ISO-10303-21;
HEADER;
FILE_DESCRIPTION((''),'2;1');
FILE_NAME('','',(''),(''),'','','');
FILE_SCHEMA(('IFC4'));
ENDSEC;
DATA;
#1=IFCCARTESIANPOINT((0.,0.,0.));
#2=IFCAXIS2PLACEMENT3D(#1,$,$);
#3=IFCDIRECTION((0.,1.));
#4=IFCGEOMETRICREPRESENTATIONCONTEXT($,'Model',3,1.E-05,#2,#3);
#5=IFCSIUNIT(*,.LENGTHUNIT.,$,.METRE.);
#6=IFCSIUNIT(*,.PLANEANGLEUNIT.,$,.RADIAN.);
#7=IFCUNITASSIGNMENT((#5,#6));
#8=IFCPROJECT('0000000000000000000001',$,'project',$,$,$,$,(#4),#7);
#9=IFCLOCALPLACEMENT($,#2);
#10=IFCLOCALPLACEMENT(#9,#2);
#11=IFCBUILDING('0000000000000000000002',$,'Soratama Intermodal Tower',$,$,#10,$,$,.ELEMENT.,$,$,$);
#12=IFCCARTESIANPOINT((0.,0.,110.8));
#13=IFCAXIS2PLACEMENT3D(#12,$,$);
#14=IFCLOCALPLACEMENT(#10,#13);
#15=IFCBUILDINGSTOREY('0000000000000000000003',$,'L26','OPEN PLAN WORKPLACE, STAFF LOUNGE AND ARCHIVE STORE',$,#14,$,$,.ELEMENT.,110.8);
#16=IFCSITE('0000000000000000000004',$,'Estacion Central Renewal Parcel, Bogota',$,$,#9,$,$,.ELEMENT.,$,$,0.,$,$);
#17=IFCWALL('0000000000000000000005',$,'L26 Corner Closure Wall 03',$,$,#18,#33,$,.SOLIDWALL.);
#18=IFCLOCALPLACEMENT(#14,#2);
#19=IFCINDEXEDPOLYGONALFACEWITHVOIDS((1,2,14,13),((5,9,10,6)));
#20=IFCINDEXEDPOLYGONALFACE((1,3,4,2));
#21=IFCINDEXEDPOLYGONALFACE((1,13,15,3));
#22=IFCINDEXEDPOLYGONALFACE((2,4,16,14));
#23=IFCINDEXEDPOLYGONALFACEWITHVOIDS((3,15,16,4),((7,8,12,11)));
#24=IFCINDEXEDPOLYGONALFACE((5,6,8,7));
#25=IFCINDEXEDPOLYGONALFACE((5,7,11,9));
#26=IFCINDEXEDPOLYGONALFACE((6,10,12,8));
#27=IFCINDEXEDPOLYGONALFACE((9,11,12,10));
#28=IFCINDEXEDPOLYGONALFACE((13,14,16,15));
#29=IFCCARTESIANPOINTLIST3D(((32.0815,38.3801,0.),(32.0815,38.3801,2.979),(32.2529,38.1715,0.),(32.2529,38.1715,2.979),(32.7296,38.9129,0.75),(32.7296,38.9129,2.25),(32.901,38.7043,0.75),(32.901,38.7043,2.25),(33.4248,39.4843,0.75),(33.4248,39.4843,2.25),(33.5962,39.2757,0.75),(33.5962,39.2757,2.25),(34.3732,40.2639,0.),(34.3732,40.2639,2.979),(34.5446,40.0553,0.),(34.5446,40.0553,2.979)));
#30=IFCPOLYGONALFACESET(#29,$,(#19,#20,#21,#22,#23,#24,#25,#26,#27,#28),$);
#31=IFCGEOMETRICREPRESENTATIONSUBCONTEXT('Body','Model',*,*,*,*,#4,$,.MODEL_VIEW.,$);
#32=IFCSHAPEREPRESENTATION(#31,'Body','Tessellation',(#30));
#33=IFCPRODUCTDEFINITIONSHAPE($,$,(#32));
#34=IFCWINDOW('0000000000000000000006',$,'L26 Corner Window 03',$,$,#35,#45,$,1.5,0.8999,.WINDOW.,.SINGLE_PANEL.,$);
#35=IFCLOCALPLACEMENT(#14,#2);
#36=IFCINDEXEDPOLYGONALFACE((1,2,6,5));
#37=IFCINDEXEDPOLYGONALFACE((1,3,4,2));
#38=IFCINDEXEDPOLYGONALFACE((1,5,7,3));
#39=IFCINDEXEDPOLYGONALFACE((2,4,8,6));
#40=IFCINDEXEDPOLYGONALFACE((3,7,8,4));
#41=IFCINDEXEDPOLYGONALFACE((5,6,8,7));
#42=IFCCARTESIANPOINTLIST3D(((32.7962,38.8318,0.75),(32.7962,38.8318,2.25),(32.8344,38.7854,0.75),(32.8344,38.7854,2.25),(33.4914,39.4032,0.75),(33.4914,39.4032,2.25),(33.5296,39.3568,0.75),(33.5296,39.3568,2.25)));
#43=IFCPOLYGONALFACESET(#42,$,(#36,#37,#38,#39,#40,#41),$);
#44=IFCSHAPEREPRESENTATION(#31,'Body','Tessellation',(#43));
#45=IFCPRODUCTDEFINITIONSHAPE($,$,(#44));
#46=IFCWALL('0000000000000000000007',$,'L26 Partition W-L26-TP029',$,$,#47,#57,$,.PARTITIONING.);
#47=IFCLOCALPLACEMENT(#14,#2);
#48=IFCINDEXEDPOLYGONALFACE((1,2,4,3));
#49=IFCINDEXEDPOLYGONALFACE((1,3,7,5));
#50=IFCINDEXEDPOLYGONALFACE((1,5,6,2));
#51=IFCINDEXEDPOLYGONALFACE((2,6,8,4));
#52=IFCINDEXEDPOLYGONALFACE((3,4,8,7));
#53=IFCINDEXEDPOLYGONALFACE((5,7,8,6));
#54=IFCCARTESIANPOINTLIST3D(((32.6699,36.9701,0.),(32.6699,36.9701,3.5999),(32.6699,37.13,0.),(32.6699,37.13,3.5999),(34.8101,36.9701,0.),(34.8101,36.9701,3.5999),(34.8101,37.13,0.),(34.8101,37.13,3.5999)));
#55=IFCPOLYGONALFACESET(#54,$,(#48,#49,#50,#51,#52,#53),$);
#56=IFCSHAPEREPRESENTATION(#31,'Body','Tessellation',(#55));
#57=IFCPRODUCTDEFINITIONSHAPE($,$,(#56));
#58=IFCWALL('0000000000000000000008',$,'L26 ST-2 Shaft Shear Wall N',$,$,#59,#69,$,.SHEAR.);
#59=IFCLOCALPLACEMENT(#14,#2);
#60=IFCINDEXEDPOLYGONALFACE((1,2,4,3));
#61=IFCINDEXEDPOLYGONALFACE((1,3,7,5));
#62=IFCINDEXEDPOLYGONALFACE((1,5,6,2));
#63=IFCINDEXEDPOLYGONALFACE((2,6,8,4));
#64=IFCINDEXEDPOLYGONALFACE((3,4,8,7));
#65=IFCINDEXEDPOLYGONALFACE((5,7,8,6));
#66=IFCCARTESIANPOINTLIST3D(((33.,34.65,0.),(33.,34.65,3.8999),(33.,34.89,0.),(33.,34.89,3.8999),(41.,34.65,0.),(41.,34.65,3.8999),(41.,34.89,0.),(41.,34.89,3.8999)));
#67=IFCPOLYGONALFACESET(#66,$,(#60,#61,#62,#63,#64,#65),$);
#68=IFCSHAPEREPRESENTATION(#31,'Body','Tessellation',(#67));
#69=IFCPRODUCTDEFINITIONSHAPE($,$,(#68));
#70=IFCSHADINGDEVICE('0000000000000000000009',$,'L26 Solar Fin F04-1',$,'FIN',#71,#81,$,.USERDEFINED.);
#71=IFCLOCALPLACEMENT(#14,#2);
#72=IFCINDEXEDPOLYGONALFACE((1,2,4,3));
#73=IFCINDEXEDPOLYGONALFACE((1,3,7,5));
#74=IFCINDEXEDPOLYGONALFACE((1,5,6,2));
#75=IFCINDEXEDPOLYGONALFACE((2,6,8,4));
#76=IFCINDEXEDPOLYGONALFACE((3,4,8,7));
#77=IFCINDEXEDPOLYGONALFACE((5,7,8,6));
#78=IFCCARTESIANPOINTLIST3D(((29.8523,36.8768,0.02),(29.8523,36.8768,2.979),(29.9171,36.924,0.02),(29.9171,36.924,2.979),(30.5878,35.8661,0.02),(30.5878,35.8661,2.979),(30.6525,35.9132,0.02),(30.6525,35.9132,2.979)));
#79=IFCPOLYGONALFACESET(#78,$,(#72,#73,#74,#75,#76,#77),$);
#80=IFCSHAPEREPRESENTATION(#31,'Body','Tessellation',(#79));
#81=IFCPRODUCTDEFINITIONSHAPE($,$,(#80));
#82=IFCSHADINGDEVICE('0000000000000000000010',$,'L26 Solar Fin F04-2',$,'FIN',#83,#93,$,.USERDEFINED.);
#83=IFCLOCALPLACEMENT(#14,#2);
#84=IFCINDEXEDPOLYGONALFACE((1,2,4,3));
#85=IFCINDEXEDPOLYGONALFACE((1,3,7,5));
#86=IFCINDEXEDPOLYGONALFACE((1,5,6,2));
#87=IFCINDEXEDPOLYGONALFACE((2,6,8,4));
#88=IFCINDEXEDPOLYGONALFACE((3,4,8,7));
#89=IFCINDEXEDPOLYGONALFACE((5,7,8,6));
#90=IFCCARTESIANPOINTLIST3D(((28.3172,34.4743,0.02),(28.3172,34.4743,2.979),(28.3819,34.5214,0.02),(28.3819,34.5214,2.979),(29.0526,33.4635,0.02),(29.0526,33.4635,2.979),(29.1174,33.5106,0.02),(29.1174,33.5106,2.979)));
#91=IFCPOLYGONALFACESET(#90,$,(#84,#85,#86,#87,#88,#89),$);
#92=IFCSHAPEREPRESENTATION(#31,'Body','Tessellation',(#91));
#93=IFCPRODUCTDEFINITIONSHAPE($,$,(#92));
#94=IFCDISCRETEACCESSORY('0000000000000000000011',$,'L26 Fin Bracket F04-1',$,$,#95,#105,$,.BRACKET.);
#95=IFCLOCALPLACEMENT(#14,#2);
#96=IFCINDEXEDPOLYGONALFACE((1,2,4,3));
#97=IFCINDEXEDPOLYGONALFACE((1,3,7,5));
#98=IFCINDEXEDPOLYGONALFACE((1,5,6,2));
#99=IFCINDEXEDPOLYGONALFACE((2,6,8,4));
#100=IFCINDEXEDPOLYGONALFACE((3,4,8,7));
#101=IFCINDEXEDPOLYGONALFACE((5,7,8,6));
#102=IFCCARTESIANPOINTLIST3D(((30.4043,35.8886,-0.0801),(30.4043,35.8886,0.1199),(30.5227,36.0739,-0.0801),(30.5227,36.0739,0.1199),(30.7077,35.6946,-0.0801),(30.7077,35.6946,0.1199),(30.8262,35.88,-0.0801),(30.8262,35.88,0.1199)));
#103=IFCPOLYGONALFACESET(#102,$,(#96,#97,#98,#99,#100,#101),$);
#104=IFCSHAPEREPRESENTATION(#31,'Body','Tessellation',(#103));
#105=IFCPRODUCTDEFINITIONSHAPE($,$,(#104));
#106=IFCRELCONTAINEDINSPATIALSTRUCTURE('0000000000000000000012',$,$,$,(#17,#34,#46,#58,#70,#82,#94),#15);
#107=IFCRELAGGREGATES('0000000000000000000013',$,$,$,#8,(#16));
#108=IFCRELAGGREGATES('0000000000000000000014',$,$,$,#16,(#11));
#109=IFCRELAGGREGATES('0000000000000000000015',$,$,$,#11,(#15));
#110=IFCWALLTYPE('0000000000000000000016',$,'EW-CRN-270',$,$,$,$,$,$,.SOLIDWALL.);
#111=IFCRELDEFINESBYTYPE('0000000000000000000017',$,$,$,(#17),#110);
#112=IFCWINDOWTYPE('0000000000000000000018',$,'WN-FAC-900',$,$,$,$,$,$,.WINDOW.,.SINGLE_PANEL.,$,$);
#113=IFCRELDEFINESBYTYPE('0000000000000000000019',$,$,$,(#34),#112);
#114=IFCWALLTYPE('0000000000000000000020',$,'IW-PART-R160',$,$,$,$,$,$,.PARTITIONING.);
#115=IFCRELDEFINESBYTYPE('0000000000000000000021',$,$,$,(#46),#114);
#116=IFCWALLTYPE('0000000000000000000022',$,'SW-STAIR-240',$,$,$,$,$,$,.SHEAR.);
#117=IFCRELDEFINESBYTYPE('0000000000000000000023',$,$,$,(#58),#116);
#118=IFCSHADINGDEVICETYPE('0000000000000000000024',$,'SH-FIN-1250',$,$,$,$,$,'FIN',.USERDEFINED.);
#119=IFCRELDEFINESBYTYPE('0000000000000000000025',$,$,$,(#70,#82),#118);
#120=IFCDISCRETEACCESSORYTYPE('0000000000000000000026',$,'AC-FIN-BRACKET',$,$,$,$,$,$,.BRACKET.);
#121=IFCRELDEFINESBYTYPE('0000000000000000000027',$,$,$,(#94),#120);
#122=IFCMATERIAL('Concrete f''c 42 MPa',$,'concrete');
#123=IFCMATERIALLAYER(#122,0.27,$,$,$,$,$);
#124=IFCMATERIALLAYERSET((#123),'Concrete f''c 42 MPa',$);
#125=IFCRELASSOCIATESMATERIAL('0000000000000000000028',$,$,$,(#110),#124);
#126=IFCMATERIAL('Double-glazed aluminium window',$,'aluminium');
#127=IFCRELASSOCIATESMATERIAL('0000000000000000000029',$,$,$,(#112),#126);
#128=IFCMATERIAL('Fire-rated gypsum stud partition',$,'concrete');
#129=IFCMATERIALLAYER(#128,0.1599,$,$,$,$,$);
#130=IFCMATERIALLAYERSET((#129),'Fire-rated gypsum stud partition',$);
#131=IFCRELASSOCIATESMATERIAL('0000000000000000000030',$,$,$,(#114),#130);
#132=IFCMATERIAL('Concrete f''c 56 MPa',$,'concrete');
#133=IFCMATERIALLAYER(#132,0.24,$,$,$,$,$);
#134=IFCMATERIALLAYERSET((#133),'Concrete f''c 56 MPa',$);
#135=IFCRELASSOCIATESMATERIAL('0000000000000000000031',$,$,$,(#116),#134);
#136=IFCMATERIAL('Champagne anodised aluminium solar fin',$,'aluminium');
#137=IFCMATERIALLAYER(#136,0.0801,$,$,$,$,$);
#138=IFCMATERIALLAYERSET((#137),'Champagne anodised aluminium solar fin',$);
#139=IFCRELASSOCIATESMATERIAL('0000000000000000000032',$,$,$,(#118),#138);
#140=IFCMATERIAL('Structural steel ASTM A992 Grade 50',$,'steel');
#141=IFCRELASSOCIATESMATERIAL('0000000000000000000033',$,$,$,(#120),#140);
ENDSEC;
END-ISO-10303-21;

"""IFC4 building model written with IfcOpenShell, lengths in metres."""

from ifc_helpers import new_model, si_unit, direction, frame, frame_2d, origin, origin_2d, place, context, subcontext, project, spatial, rectangle, extrude, material, layer, layer_set, type_object, element, fill, save


model = new_model("IFC4")

# Units and contexts
model_context = context("Model", 3, precision=1e-05, world=origin(), true_north=direction((0.0, 1.0)))
body_context = subcontext(model_context, "Body", "Model", "MODEL_VIEW")
ifc_project = project(units=[si_unit("LENGTHUNIT", "METRE"), si_unit("PLANEANGLEUNIT", "RADIAN")], contexts=[model_context])

# Site, building, storey
site_placement = place(None, origin())
site = spatial("IfcSite", under=ifc_project, at=site_placement, Name="Estacion Central Renewal Parcel, Bogota", CompositionType="ELEMENT", RefElevation=0.0)
building_placement = place(site_placement, origin())
building = spatial("IfcBuilding", under=site, at=building_placement, Name="Soratama Intermodal Tower", CompositionType="ELEMENT")
storey_placement = place(building_placement, frame((0.0, 0.0, 110.8)))
storey = spatial("IfcBuildingStorey", under=building, at=storey_placement, Name="L26", Description="OPEN PLAN WORKPLACE, STAFF LOUNGE AND ARCHIVE STORE", CompositionType="ELEMENT", Elevation=110.8)

# Wall, opening, window
ifc_material_1 = material(Name="Concrete f'c 42 MPa", Category="concrete")
ifc_layer_1 = layer(ifc_material_1, 0.27)
ifc_layer_set_1 = layer_set([ifc_layer_1], Name="Concrete f'c 42 MPa")
wall_type_1 = type_object("IfcWallType", Name="EW-CRN-270", PredefinedType="SOLIDWALL", material=ifc_layer_set_1)
wall_1_placement = place(storey_placement, frame((34.459, 40.1597, 0.0), z_axis=(0.0, 0.0, 1.0), x_axis=(-0.772514, -0.634997, 0.0)))
wall_1 = element("IfcWall", 1, at=wall_1_placement, inside=storey, type_object=wall_type_1, Name="L26 Corner Closure Wall 03", PredefinedType="SOLIDWALL", context=body_context, shape_type="SweptSolid", body=[
    extrude(rectangle(XDim=2.9666, YDim=0.27, at=frame_2d((1.4834, 0.0))), origin(), (0.0, 0.0, 1.0), 2.979),
])
opening_1_placement = place(wall_1_placement, frame((1.2278, 0.0, 0.75)))
opening_1 = element("IfcOpeningElement", 2, at=opening_1_placement, cuts=wall_1, PredefinedType="OPENING", context=body_context, shape_type="SweptSolid", body=[
    extrude(rectangle(XDim=0.8999, YDim=1.5, at=frame_2d((0.45, 0.75))), frame((0.0, 0.145, 0.0), z_axis=(0.0, -1.0, 0.0), x_axis=(1.0, 0.0, 0.0)), (0.0, 0.0, 1.0), 0.29),
])
ifc_material_2 = material(Name="Double-glazed aluminium window", Category="aluminium")
window_type = type_object("IfcWindowType", Name="WN-FAC-900", PartitioningType="SINGLE_PANEL", PredefinedType="WINDOW", material=ifc_material_2)
window_placement = place(opening_1_placement, origin())
window = element("IfcWindow", 3, at=window_placement, inside=storey, type_object=window_type, Name="L26 Corner Window 03", OverallHeight=1.5, OverallWidth=0.8999, PartitioningType="SINGLE_PANEL", PredefinedType="WINDOW", context=body_context, shape_type="SweptSolid", body=[
    extrude(rectangle(XDim=0.8999, YDim=1.5, at=frame_2d((0.45, 0.75))), frame((0.0, 0.03, 0.0), z_axis=(0.0, -1.0, 0.0), x_axis=(1.0, 0.0, 0.0)), (0.0, 0.0, 1.0), 0.0601),
])
fill(opening_1, window)

# Wall
ifc_material_3 = material(Name="Fire-rated gypsum stud partition", Category="concrete")
ifc_layer_2 = layer(ifc_material_3, 0.1599)
ifc_layer_set_2 = layer_set([ifc_layer_2], Name="Fire-rated gypsum stud partition")
wall_type_2 = type_object("IfcWallType", Name="IW-PART-R160", PredefinedType="PARTITIONING", material=ifc_layer_set_2)
wall_2_placement = place(storey_placement, frame((32.6699, 37.05, 0.0), z_axis=(0.0, 0.0, 1.0), x_axis=(1.0, 0.0, 0.0)))
element("IfcWall", 4, at=wall_2_placement, inside=storey, type_object=wall_type_2, Name="L26 Partition W-L26-TP029", PredefinedType="PARTITIONING", context=body_context, shape_type="SweptSolid", body=[
    extrude(rectangle(XDim=2.1401, YDim=0.1599, at=frame_2d((1.0701, 0.0))), origin(), (0.0, 0.0, 1.0), 3.5999),
])

# Wall
ifc_material_4 = material(Name="Concrete f'c 56 MPa", Category="concrete")
ifc_layer_3 = layer(ifc_material_4, 0.24)
ifc_layer_set_3 = layer_set([ifc_layer_3], Name="Concrete f'c 56 MPa")
wall_type_3 = type_object("IfcWallType", Name="SW-STAIR-240", PredefinedType="SHEAR", material=ifc_layer_set_3)
wall_3_placement = place(storey_placement, frame((33.0, 34.77, 0.0), z_axis=(0.0, 0.0, 1.0), x_axis=(1.0, 0.0, 0.0)))
element("IfcWall", 5, at=wall_3_placement, inside=storey, type_object=wall_type_3, Name="L26 ST-2 Shaft Shear Wall N", PredefinedType="SHEAR", context=body_context, shape_type="SweptSolid", body=[
    extrude(rectangle(XDim=8.0, YDim=0.24, at=frame_2d((4.0, 0.0))), origin(), (0.0, 0.0, 1.0), 3.8999),
])

# Shading devices
ifc_material_5 = material(Name="Champagne anodised aluminium solar fin", Category="aluminium")
ifc_layer_4 = layer(ifc_material_5, 0.0801)
ifc_layer_set_4 = layer_set([ifc_layer_4], Name="Champagne anodised aluminium solar fin")
shading_device_type = type_object("IfcShadingDeviceType", Name="SH-FIN-1250", ElementType="FIN", PredefinedType="USERDEFINED", material=ifc_layer_set_4)
for number, where, z_axis, x_axis, name in (
    (6, (30.2524, 36.395, 0.02), (0.0, 0.0, 1.0), (-0.58835, 0.808606, 0.0), "L26 Solar Fin F04-1"),
    (7, (28.7173, 33.9924, 0.02), (0.0, 0.0, 1.0), (-0.58835, 0.808606, 0.0), "L26 Solar Fin F04-2"),
):
    element("IfcShadingDevice", number, at=place(storey_placement, frame(where, z_axis=z_axis, x_axis=x_axis)), inside=storey, type_object=shading_device_type, Name=name, ObjectType="FIN", PredefinedType="USERDEFINED", context=body_context, shape_type="SweptSolid", body=[
        extrude(rectangle(XDim=1.25, YDim=0.0801, at=origin_2d()), origin(), (0.0, 0.0, 1.0), 2.959),
    ])

# Discrete accessory
ifc_material_6 = material(Name="Structural steel ASTM A992 Grade 50", Category="steel")
discrete_accessory_type = type_object("IfcDiscreteAccessoryType", Name="AC-FIN-BRACKET", PredefinedType="BRACKET", material=ifc_material_6)
discrete_accessory_placement = place(storey_placement, frame((30.6152, 35.8843, -0.0801), z_axis=(0.0, 0.0, 1.0), x_axis=(-0.84264, 0.538477, 0.0)))
element("IfcDiscreteAccessory", 8, at=discrete_accessory_placement, inside=storey, type_object=discrete_accessory_type, Name="L26 Fin Bracket F04-1", PredefinedType="BRACKET", context=body_context, shape_type="SweptSolid", body=[
    extrude(rectangle(XDim=0.3601, YDim=0.22, at=origin_2d()), origin(), (0.0, 0.0, 1.0), 0.2),
])

save(model, "model.ifc")
